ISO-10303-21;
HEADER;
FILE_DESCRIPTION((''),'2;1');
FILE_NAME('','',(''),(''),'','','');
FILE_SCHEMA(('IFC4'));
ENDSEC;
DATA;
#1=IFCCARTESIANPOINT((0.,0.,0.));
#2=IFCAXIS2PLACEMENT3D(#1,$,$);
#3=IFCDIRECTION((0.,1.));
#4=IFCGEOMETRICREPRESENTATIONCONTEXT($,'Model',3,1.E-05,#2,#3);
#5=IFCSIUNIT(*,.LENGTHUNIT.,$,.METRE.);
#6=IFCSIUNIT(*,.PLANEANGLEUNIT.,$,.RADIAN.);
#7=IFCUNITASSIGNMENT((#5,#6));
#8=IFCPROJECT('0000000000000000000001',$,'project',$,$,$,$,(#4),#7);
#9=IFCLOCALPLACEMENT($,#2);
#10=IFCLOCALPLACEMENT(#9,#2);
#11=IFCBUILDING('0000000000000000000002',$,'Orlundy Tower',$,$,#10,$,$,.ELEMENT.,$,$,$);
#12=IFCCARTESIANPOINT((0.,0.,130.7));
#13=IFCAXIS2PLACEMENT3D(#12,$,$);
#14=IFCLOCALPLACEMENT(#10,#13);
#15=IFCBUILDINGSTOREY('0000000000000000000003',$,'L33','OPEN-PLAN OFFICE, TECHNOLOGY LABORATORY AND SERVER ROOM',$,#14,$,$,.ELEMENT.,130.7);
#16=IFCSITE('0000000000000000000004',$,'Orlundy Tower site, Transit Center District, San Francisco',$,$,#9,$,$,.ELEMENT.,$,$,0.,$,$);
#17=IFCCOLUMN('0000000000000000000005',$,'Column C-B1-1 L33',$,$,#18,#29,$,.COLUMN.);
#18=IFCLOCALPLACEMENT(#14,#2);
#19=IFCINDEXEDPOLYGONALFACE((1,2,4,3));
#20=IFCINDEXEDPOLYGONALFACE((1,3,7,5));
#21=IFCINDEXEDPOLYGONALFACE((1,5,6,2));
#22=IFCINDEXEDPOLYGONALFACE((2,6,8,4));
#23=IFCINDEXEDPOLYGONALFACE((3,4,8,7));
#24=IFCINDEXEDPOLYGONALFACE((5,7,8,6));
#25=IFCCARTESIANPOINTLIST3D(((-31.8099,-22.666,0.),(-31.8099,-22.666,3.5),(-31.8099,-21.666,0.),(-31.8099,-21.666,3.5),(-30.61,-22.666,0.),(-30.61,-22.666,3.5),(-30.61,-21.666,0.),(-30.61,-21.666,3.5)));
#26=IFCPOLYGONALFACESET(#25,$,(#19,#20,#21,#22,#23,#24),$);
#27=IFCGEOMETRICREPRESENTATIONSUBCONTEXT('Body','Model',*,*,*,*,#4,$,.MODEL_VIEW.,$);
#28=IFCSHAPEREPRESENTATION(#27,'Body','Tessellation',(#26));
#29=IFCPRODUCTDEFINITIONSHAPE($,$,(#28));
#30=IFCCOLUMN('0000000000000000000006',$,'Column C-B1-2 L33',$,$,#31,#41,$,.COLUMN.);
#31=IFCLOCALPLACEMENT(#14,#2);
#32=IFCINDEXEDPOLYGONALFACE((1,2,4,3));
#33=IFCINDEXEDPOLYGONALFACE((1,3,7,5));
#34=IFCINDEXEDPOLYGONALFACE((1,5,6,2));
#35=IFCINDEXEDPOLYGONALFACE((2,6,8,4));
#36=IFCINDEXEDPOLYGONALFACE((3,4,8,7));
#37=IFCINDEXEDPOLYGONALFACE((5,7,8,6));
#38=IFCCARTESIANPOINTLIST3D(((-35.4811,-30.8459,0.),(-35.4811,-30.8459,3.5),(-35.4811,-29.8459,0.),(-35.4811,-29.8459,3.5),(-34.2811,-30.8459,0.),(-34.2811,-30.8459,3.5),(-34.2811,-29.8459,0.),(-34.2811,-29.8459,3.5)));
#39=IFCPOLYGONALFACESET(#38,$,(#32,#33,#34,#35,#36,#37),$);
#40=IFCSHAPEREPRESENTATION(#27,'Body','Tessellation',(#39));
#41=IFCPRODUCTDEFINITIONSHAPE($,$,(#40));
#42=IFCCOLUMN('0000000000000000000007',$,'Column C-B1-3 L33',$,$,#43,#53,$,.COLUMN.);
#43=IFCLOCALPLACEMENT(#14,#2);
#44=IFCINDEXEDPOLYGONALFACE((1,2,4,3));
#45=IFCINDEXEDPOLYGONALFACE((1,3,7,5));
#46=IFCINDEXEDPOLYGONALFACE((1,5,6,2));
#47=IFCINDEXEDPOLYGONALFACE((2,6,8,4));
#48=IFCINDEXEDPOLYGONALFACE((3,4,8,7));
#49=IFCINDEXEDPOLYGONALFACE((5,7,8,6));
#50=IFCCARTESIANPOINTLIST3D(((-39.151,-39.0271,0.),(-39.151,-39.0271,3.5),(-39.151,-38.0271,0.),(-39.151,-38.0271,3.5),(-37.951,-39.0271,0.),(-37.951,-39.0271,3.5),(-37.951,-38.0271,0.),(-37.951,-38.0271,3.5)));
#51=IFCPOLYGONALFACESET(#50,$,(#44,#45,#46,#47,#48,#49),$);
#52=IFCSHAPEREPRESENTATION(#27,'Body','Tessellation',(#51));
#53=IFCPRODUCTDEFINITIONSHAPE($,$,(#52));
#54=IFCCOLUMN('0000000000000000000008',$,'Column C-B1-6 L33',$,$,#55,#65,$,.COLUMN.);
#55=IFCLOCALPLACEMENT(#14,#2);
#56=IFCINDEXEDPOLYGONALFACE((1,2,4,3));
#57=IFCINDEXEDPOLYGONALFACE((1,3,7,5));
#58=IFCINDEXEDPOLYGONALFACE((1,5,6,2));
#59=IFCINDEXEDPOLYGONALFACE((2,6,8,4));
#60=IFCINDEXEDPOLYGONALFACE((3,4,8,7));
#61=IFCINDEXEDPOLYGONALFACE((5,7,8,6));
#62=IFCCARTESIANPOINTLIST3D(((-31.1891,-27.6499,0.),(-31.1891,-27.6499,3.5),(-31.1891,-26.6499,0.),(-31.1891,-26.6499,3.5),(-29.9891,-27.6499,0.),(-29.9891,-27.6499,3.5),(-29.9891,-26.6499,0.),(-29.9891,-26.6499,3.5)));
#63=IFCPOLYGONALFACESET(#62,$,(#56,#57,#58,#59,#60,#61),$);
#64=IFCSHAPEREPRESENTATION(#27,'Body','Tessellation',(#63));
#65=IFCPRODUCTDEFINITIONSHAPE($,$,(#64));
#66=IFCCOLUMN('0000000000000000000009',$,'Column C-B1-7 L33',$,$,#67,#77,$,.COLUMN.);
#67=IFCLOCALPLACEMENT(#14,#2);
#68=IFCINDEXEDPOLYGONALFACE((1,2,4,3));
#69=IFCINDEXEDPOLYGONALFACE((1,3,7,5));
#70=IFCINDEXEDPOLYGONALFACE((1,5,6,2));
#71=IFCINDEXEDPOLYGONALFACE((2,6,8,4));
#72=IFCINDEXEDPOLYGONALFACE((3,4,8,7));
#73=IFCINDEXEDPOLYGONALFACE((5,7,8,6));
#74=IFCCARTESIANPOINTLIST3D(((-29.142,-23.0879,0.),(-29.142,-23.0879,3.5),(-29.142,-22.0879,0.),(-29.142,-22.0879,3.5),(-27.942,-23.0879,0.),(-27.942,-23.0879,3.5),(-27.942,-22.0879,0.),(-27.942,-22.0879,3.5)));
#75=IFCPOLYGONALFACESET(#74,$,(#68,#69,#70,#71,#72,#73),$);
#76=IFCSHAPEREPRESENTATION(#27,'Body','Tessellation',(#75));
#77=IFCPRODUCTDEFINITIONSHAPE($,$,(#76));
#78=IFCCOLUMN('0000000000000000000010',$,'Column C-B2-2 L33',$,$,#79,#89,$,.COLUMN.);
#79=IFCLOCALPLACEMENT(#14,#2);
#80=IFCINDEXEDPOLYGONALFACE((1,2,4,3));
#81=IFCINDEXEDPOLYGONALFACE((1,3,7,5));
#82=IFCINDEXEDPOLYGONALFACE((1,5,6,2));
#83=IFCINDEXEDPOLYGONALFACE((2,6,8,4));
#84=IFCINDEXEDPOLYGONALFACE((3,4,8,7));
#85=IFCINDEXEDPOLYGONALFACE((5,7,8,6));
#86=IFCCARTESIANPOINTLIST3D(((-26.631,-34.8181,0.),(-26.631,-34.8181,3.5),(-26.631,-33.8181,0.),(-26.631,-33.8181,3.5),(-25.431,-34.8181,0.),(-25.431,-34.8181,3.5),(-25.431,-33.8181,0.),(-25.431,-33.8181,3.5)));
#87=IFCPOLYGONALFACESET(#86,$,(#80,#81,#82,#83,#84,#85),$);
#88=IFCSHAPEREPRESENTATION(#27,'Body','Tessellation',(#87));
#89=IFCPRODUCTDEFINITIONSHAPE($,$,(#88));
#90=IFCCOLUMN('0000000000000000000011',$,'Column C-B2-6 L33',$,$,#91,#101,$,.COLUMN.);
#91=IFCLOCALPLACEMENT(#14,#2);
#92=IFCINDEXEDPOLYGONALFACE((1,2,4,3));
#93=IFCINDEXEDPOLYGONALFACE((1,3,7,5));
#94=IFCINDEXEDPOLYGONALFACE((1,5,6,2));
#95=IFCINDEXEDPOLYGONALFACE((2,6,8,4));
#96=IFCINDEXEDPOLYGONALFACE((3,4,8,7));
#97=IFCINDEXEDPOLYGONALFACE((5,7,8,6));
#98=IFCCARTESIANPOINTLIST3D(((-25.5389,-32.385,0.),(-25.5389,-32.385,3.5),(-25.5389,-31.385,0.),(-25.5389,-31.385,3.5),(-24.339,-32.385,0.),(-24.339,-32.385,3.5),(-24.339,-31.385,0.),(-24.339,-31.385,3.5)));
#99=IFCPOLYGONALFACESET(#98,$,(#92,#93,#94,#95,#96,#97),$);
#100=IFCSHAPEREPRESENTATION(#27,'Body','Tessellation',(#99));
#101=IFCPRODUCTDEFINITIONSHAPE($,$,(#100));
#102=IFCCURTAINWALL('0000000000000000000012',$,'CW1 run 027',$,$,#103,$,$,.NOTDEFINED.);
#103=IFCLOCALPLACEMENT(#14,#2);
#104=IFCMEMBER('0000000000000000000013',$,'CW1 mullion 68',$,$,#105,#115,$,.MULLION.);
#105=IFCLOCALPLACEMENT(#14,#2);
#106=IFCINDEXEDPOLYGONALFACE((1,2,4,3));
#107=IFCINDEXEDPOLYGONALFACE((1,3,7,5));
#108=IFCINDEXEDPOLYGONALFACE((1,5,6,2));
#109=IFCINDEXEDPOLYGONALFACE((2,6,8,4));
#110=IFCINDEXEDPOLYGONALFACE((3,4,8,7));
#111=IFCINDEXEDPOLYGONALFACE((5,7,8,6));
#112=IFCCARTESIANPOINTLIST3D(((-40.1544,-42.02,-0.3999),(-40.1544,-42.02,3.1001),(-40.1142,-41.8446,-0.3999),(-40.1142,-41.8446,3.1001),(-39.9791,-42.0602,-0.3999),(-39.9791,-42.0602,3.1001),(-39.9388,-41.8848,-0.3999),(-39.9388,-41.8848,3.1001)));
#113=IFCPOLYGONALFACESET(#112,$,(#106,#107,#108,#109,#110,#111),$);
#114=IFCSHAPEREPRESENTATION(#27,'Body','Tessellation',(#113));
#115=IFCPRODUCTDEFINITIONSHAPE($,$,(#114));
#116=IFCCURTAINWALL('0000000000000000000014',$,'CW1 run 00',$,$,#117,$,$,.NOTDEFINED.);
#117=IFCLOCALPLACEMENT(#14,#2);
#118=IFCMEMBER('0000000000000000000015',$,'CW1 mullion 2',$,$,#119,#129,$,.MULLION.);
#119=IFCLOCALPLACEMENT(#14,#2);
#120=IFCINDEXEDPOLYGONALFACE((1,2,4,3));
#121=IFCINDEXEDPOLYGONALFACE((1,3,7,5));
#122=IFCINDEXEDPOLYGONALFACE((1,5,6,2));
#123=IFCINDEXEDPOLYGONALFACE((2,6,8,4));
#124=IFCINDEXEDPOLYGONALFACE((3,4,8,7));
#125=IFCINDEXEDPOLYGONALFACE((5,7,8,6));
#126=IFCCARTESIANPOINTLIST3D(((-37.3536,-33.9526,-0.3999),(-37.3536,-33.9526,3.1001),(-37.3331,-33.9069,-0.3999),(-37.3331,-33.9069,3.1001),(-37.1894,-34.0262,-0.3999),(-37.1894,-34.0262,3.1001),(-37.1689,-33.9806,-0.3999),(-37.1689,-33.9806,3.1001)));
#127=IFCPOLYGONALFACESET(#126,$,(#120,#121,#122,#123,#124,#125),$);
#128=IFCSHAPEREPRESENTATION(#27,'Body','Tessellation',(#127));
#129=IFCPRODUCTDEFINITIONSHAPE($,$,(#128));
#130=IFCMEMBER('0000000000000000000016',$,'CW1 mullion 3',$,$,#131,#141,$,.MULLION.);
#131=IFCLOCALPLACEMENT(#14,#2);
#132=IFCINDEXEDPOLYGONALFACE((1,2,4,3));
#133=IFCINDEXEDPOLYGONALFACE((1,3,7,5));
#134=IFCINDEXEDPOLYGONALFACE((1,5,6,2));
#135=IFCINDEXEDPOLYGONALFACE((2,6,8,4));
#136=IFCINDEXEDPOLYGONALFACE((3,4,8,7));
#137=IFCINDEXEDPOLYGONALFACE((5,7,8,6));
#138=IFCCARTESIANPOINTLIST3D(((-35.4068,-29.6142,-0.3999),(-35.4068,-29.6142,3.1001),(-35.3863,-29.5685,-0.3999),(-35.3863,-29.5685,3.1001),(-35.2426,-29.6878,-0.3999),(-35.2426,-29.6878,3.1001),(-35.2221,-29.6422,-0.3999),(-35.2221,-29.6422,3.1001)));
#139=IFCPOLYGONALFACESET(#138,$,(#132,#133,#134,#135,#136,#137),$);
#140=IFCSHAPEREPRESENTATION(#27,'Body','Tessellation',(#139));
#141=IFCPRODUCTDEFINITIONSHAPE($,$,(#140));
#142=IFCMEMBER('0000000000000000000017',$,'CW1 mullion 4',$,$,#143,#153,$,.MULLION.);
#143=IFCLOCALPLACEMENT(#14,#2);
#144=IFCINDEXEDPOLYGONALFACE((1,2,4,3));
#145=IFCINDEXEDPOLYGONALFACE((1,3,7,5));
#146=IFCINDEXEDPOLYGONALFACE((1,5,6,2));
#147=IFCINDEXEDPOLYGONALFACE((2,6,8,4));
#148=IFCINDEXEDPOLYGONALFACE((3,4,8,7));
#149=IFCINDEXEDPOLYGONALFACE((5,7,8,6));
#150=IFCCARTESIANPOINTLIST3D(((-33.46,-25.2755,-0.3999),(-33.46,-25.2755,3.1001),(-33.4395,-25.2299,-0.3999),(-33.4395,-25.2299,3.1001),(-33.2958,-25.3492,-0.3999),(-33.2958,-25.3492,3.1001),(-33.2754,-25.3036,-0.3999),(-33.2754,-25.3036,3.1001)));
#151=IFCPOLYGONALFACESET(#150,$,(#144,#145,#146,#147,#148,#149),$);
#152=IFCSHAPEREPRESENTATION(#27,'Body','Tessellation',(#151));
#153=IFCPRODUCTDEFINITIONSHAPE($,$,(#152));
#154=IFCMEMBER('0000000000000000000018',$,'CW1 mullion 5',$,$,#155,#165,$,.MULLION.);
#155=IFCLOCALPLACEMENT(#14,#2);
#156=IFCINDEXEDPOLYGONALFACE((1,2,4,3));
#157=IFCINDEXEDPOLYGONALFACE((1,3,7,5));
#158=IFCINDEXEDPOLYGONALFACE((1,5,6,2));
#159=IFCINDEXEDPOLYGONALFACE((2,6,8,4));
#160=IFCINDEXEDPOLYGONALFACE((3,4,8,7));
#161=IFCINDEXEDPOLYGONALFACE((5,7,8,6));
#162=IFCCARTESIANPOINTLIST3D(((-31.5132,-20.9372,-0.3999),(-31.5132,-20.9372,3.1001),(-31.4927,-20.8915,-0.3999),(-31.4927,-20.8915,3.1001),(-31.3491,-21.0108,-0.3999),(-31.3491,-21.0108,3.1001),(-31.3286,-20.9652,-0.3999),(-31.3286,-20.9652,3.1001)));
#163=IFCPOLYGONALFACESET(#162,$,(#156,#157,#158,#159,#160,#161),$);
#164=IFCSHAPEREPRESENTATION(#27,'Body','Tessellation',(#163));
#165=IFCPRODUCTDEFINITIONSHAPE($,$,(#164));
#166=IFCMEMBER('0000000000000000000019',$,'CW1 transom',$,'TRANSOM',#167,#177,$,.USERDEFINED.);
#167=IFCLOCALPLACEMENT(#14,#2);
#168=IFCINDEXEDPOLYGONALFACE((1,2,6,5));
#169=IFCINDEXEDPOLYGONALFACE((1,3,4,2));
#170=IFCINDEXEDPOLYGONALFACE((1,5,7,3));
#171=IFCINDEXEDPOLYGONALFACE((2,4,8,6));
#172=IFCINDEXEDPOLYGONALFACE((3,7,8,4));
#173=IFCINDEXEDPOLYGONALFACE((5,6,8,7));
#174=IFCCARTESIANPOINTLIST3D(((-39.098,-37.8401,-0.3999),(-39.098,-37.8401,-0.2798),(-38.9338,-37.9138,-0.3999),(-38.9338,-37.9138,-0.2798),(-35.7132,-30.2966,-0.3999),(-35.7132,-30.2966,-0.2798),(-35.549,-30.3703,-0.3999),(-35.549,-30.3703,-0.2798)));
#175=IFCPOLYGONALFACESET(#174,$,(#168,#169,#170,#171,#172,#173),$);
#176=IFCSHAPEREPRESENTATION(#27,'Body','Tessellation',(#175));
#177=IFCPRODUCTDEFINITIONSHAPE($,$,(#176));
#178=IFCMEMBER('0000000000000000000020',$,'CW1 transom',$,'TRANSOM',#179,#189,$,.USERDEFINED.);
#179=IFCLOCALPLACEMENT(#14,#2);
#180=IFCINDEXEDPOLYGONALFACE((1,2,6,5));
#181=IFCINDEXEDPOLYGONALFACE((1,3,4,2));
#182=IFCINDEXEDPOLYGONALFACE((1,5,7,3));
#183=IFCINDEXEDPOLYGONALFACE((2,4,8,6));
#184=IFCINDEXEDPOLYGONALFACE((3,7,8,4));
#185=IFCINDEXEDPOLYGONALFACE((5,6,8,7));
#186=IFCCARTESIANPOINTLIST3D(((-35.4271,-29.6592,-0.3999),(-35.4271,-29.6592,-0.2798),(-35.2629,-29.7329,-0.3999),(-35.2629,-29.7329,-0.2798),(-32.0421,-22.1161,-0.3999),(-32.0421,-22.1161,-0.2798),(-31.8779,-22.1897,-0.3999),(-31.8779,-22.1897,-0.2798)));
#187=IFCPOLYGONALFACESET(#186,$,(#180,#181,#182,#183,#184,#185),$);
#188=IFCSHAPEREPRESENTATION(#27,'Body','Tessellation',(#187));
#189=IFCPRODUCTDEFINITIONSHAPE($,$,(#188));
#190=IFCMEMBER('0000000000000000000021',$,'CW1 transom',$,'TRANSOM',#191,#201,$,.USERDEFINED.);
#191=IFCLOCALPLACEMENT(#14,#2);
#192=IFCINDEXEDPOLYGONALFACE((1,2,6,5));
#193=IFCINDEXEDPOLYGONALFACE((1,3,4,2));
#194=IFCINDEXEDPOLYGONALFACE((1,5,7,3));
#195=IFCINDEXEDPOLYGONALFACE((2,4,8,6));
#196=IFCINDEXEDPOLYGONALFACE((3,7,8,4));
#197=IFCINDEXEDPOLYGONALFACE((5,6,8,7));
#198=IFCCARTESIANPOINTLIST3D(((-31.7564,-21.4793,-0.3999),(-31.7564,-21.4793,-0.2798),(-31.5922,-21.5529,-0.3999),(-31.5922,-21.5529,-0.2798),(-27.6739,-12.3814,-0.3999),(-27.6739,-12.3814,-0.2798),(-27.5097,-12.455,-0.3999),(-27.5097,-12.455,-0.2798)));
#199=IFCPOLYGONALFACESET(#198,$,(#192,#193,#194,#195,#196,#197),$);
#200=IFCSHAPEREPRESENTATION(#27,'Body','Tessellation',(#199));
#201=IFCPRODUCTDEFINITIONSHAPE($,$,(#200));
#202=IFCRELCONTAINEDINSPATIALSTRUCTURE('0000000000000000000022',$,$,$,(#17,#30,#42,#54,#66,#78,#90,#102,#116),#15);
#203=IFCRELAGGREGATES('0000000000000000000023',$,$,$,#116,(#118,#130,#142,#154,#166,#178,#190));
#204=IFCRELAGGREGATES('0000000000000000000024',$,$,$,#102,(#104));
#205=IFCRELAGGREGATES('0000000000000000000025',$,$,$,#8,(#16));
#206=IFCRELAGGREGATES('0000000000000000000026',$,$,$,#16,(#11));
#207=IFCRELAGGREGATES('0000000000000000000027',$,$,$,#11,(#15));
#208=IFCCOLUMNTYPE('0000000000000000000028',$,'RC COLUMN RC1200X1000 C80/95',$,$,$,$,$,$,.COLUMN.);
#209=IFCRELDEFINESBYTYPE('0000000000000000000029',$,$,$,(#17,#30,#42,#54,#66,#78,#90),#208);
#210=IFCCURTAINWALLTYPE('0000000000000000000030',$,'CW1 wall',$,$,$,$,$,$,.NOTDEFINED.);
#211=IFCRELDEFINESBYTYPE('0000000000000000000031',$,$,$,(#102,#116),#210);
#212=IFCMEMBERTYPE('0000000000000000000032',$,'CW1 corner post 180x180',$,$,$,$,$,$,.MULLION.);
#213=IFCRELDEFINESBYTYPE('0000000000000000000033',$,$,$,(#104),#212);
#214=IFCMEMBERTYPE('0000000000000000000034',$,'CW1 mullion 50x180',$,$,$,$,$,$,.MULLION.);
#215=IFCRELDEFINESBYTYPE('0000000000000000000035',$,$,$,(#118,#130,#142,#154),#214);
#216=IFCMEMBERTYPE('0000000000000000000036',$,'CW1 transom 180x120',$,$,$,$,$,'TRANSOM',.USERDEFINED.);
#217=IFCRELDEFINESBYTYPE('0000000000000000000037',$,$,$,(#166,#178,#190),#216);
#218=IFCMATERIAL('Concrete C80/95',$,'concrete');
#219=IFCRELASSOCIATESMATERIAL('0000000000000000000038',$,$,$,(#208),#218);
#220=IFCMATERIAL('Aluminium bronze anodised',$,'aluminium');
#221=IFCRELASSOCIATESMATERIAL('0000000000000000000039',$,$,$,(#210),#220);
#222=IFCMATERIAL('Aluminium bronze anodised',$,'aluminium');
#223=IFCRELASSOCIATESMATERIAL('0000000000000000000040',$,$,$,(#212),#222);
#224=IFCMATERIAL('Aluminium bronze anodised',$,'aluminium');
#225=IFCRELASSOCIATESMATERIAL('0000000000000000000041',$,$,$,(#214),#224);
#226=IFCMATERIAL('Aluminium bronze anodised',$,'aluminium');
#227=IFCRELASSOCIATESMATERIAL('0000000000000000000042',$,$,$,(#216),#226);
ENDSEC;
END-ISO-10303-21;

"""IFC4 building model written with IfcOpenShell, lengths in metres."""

from ifc_helpers import new_model, si_unit, direction, frame, origin, origin_2d, place, context, subcontext, project, spatial, rectangle, extrude, material, material_profile, profile_set, type_object, element, aggregate, save


model = new_model("IFC4")

# Units and contexts
model_context = context("Model", 3, precision=1e-05, world=origin(), true_north=direction((0.0, 1.0)))
body_context = subcontext(model_context, "Body", "Model", "MODEL_VIEW")
ifc_project = project(units=[si_unit("LENGTHUNIT", "METRE"), si_unit("PLANEANGLEUNIT", "RADIAN")], contexts=[model_context])

# Site, building, storey
site_placement = place(None, origin())
site = spatial("IfcSite", under=ifc_project, at=site_placement, Name="Orlundy Tower site, Transit Center District, San Francisco", CompositionType="ELEMENT", RefElevation=0.0)
building_placement = place(site_placement, origin())
building = spatial("IfcBuilding", under=site, at=building_placement, Name="Orlundy Tower", CompositionType="ELEMENT")
storey_placement = place(building_placement, frame((0.0, 0.0, 130.7)))
storey = spatial("IfcBuildingStorey", under=building, at=storey_placement, Name="L33", Description="OPEN-PLAN OFFICE, TECHNOLOGY LABORATORY AND SERVER ROOM", CompositionType="ELEMENT", Elevation=130.7)

# Columns
ifc_material_1 = material(Name="Concrete C80/95", Category="concrete")
ifc_material_profile_1 = material_profile(ifc_material_1, rectangle(XDim=1.2, YDim=1.0, at=origin_2d()), Name="RC1200X1000")
ifc_profile_set_1 = profile_set([ifc_material_profile_1], Name="Concrete C80/95")
column_type = type_object("IfcColumnType", Name="RC COLUMN RC1200X1000 C80/95", PredefinedType="COLUMN", material=ifc_profile_set_1)
for number, where, z_axis, x_axis, name in (
    (1, (-31.21, -22.166, 0.0), (0.0, 0.0, 1.0), (1.0, 0.0, 0.0), "Column C-B1-1 L33"),
    (2, (-34.8811, -30.3459, 0.0), (0.0, 0.0, 1.0), (1.0, 0.0, 0.0), "Column C-B1-2 L33"),
    (3, (-38.551, -38.5271, 0.0), (0.0, 0.0, 1.0), (1.0, 0.0, 0.0), "Column C-B1-3 L33"),
    (4, (-30.5891, -27.1499, 0.0), (0.0, 0.0, 1.0), (1.0, 0.0, 0.0), "Column C-B1-6 L33"),
    (5, (-28.542, -22.5879, 0.0), (0.0, 0.0, 1.0), (1.0, 0.0, 0.0), "Column C-B1-7 L33"),
    (6, (-26.031, -34.3181, 0.0), (0.0, 0.0, 1.0), (1.0, 0.0, 0.0), "Column C-B2-2 L33"),
    (7, (-24.939, -31.885, 0.0), (0.0, 0.0, 1.0), (1.0, 0.0, 0.0), "Column C-B2-6 L33"),
):
    element("IfcColumn", number, at=place(storey_placement, frame(where, z_axis=z_axis, x_axis=x_axis)), inside=storey, type_object=column_type, Name=name, PredefinedType="COLUMN", context=body_context, shape_type="SweptSolid", body=[
        extrude(rectangle(XDim=1.2, YDim=1.0, at=origin_2d()), origin(), (0.0, 0.0, 1.0), 3.5),
    ])

# Curtain wall, member
ifc_material_2 = material(Name="Aluminium bronze anodised", Category="aluminium")
curtain_wall_type = type_object("IfcCurtainWallType", Name="CW1 wall", PredefinedType="NOTDEFINED", material=ifc_material_2)
curtain_wall_1_placement = place(storey_placement, origin())
curtain_wall_1 = element("IfcCurtainWall", 8, at=curtain_wall_1_placement, inside=storey, type_object=curtain_wall_type, Name="CW1 run 027", PredefinedType="NOTDEFINED")
ifc_material_3 = material(Name="Aluminium bronze anodised", Category="aluminium")
ifc_material_profile_2 = material_profile(ifc_material_3, rectangle(XDim=0.1799, YDim=0.1799, at=origin_2d()), Name="CW1 corner post 180x180")
ifc_profile_set_2 = profile_set([ifc_material_profile_2], Name="Aluminium bronze anodised")
member_type_1 = type_object("IfcMemberType", Name="CW1 corner post 180x180", PredefinedType="MULLION", material=ifc_profile_set_2)
member_1_placement = place(storey_placement, frame((-40.0466, -41.9524, -0.3999), z_axis=(0.0, 0.0, 1.0), x_axis=(-0.974672, 0.223638, 0.0)))
member_1 = element("IfcMember", 9, at=member_1_placement, type_object=member_type_1, Name="CW1 mullion 68", PredefinedType="MULLION", context=body_context, shape_type="SweptSolid", body=[
    extrude(rectangle(XDim=0.1799, YDim=0.1799, at=origin_2d()), origin(), (0.0, 0.0, 1.0), 3.5),
])

# Curtain wall, members
curtain_wall_2_placement = place(storey_placement, origin())
curtain_wall_2 = element("IfcCurtainWall", 10, at=curtain_wall_2_placement, inside=storey, type_object=curtain_wall_type, Name="CW1 run 00", PredefinedType="NOTDEFINED")
ifc_material_4 = material(Name="Aluminium bronze anodised", Category="aluminium")
ifc_material_profile_3 = material_profile(ifc_material_4, rectangle(XDim=0.1799, YDim=0.05, at=origin_2d()), Name="CW1 mullion 50x180")
ifc_profile_set_3 = profile_set([ifc_material_profile_3], Name="Aluminium bronze anodised")
member_type_2 = type_object("IfcMemberType", Name="CW1 mullion 50x180", PredefinedType="MULLION", material=ifc_profile_set_3)
member_2_placement = place(storey_placement, frame((-37.2612, -33.9666, -0.3999), z_axis=(0.0, 0.0, 1.0), x_axis=(-0.912353, 0.409404, 0.0)))
member_2 = element("IfcMember", 11, at=member_2_placement, type_object=member_type_2, Name="CW1 mullion 2", PredefinedType="MULLION", context=body_context, shape_type="SweptSolid", body=[
    extrude(rectangle(XDim=0.1799, YDim=0.05, at=origin_2d()), origin(), (0.0, 0.0, 1.0), 3.5),
])
member_3_placement = place(storey_placement, frame((-35.3145, -29.6282, -0.3999), z_axis=(0.0, 0.0, 1.0), x_axis=(-0.912353, 0.409404, 0.0)))
member_3 = element("IfcMember", 12, at=member_3_placement, type_object=member_type_2, Name="CW1 mullion 3", PredefinedType="MULLION", context=body_context, shape_type="SweptSolid", body=[
    extrude(rectangle(XDim=0.1799, YDim=0.05, at=origin_2d()), origin(), (0.0, 0.0, 1.0), 3.5),
])
member_4_placement = place(storey_placement, frame((-33.3677, -25.2896, -0.3999), z_axis=(0.0, 0.0, 1.0), x_axis=(-0.912353, 0.409404, 0.0)))
member_4 = element("IfcMember", 13, at=member_4_placement, type_object=member_type_2, Name="CW1 mullion 4", PredefinedType="MULLION", context=body_context, shape_type="SweptSolid", body=[
    extrude(rectangle(XDim=0.1799, YDim=0.05, at=origin_2d()), origin(), (0.0, 0.0, 1.0), 3.5),
])
member_5_placement = place(storey_placement, frame((-31.4209, -20.9512, -0.3999), z_axis=(0.0, 0.0, 1.0), x_axis=(-0.912353, 0.409404, 0.0)))
member_5 = element("IfcMember", 14, at=member_5_placement, type_object=member_type_2, Name="CW1 mullion 5", PredefinedType="MULLION", context=body_context, shape_type="SweptSolid", body=[
    extrude(rectangle(XDim=0.1799, YDim=0.05, at=origin_2d()), origin(), (0.0, 0.0, 1.0), 3.5),
])
ifc_material_5 = material(Name="Aluminium bronze anodised", Category="aluminium")
ifc_material_profile_4 = material_profile(ifc_material_5, rectangle(XDim=0.1799, YDim=0.1201, at=origin_2d()), Name="CW1 transom 180x120")
ifc_profile_set_4 = profile_set([ifc_material_profile_4], Name="Aluminium bronze anodised")
member_type_3 = type_object("IfcMemberType", Name="CW1 transom 180x120", ElementType="TRANSOM", PredefinedType="USERDEFINED", material=ifc_profile_set_4)
member_6_placement = place(storey_placement, frame((-39.0159, -37.877, -0.3398), z_axis=(0.40938, 0.912364, 0.0), x_axis=(-0.912364, 0.40938, 0.0)))
member_6 = element("IfcMember", 15, at=member_6_placement, type_object=member_type_3, Name="CW1 transom", ObjectType="TRANSOM", PredefinedType="USERDEFINED", context=body_context, shape_type="SweptSolid", body=[
    extrude(rectangle(XDim=0.1799, YDim=0.1201, at=origin_2d()), origin(), (0.0, 0.0, 1.0), 8.2681),
])
member_7_placement = place(storey_placement, frame((-35.345, -29.696, -0.3398), z_axis=(0.409415, 0.912348, 0.0), x_axis=(-0.912348, 0.409415, 0.0)))
member_7 = element("IfcMember", 16, at=member_7_placement, type_object=member_type_3, Name="CW1 transom", ObjectType="TRANSOM", PredefinedType="USERDEFINED", context=body_context, shape_type="SweptSolid", body=[
    extrude(rectangle(XDim=0.1799, YDim=0.1201, at=origin_2d()), origin(), (0.0, 0.0, 1.0), 8.2678),
])
member_8_placement = place(storey_placement, frame((-31.6743, -21.5161, -0.3398), z_axis=(0.409402, 0.912354, 0.0), x_axis=(-0.912354, 0.409402, 0.0)))
member_8 = element("IfcMember", 17, at=member_8_placement, type_object=member_type_3, Name="CW1 transom", ObjectType="TRANSOM", PredefinedType="USERDEFINED", context=body_context, shape_type="SweptSolid", body=[
    extrude(rectangle(XDim=0.1799, YDim=0.1201, at=origin_2d()), origin(), (0.0, 0.0, 1.0), 9.9719),
])

aggregate(curtain_wall_2, [member_2, member_3, member_4, member_5, member_6, member_7, member_8])
aggregate(curtain_wall_1, [member_1])

save(model, "model.ifc")
